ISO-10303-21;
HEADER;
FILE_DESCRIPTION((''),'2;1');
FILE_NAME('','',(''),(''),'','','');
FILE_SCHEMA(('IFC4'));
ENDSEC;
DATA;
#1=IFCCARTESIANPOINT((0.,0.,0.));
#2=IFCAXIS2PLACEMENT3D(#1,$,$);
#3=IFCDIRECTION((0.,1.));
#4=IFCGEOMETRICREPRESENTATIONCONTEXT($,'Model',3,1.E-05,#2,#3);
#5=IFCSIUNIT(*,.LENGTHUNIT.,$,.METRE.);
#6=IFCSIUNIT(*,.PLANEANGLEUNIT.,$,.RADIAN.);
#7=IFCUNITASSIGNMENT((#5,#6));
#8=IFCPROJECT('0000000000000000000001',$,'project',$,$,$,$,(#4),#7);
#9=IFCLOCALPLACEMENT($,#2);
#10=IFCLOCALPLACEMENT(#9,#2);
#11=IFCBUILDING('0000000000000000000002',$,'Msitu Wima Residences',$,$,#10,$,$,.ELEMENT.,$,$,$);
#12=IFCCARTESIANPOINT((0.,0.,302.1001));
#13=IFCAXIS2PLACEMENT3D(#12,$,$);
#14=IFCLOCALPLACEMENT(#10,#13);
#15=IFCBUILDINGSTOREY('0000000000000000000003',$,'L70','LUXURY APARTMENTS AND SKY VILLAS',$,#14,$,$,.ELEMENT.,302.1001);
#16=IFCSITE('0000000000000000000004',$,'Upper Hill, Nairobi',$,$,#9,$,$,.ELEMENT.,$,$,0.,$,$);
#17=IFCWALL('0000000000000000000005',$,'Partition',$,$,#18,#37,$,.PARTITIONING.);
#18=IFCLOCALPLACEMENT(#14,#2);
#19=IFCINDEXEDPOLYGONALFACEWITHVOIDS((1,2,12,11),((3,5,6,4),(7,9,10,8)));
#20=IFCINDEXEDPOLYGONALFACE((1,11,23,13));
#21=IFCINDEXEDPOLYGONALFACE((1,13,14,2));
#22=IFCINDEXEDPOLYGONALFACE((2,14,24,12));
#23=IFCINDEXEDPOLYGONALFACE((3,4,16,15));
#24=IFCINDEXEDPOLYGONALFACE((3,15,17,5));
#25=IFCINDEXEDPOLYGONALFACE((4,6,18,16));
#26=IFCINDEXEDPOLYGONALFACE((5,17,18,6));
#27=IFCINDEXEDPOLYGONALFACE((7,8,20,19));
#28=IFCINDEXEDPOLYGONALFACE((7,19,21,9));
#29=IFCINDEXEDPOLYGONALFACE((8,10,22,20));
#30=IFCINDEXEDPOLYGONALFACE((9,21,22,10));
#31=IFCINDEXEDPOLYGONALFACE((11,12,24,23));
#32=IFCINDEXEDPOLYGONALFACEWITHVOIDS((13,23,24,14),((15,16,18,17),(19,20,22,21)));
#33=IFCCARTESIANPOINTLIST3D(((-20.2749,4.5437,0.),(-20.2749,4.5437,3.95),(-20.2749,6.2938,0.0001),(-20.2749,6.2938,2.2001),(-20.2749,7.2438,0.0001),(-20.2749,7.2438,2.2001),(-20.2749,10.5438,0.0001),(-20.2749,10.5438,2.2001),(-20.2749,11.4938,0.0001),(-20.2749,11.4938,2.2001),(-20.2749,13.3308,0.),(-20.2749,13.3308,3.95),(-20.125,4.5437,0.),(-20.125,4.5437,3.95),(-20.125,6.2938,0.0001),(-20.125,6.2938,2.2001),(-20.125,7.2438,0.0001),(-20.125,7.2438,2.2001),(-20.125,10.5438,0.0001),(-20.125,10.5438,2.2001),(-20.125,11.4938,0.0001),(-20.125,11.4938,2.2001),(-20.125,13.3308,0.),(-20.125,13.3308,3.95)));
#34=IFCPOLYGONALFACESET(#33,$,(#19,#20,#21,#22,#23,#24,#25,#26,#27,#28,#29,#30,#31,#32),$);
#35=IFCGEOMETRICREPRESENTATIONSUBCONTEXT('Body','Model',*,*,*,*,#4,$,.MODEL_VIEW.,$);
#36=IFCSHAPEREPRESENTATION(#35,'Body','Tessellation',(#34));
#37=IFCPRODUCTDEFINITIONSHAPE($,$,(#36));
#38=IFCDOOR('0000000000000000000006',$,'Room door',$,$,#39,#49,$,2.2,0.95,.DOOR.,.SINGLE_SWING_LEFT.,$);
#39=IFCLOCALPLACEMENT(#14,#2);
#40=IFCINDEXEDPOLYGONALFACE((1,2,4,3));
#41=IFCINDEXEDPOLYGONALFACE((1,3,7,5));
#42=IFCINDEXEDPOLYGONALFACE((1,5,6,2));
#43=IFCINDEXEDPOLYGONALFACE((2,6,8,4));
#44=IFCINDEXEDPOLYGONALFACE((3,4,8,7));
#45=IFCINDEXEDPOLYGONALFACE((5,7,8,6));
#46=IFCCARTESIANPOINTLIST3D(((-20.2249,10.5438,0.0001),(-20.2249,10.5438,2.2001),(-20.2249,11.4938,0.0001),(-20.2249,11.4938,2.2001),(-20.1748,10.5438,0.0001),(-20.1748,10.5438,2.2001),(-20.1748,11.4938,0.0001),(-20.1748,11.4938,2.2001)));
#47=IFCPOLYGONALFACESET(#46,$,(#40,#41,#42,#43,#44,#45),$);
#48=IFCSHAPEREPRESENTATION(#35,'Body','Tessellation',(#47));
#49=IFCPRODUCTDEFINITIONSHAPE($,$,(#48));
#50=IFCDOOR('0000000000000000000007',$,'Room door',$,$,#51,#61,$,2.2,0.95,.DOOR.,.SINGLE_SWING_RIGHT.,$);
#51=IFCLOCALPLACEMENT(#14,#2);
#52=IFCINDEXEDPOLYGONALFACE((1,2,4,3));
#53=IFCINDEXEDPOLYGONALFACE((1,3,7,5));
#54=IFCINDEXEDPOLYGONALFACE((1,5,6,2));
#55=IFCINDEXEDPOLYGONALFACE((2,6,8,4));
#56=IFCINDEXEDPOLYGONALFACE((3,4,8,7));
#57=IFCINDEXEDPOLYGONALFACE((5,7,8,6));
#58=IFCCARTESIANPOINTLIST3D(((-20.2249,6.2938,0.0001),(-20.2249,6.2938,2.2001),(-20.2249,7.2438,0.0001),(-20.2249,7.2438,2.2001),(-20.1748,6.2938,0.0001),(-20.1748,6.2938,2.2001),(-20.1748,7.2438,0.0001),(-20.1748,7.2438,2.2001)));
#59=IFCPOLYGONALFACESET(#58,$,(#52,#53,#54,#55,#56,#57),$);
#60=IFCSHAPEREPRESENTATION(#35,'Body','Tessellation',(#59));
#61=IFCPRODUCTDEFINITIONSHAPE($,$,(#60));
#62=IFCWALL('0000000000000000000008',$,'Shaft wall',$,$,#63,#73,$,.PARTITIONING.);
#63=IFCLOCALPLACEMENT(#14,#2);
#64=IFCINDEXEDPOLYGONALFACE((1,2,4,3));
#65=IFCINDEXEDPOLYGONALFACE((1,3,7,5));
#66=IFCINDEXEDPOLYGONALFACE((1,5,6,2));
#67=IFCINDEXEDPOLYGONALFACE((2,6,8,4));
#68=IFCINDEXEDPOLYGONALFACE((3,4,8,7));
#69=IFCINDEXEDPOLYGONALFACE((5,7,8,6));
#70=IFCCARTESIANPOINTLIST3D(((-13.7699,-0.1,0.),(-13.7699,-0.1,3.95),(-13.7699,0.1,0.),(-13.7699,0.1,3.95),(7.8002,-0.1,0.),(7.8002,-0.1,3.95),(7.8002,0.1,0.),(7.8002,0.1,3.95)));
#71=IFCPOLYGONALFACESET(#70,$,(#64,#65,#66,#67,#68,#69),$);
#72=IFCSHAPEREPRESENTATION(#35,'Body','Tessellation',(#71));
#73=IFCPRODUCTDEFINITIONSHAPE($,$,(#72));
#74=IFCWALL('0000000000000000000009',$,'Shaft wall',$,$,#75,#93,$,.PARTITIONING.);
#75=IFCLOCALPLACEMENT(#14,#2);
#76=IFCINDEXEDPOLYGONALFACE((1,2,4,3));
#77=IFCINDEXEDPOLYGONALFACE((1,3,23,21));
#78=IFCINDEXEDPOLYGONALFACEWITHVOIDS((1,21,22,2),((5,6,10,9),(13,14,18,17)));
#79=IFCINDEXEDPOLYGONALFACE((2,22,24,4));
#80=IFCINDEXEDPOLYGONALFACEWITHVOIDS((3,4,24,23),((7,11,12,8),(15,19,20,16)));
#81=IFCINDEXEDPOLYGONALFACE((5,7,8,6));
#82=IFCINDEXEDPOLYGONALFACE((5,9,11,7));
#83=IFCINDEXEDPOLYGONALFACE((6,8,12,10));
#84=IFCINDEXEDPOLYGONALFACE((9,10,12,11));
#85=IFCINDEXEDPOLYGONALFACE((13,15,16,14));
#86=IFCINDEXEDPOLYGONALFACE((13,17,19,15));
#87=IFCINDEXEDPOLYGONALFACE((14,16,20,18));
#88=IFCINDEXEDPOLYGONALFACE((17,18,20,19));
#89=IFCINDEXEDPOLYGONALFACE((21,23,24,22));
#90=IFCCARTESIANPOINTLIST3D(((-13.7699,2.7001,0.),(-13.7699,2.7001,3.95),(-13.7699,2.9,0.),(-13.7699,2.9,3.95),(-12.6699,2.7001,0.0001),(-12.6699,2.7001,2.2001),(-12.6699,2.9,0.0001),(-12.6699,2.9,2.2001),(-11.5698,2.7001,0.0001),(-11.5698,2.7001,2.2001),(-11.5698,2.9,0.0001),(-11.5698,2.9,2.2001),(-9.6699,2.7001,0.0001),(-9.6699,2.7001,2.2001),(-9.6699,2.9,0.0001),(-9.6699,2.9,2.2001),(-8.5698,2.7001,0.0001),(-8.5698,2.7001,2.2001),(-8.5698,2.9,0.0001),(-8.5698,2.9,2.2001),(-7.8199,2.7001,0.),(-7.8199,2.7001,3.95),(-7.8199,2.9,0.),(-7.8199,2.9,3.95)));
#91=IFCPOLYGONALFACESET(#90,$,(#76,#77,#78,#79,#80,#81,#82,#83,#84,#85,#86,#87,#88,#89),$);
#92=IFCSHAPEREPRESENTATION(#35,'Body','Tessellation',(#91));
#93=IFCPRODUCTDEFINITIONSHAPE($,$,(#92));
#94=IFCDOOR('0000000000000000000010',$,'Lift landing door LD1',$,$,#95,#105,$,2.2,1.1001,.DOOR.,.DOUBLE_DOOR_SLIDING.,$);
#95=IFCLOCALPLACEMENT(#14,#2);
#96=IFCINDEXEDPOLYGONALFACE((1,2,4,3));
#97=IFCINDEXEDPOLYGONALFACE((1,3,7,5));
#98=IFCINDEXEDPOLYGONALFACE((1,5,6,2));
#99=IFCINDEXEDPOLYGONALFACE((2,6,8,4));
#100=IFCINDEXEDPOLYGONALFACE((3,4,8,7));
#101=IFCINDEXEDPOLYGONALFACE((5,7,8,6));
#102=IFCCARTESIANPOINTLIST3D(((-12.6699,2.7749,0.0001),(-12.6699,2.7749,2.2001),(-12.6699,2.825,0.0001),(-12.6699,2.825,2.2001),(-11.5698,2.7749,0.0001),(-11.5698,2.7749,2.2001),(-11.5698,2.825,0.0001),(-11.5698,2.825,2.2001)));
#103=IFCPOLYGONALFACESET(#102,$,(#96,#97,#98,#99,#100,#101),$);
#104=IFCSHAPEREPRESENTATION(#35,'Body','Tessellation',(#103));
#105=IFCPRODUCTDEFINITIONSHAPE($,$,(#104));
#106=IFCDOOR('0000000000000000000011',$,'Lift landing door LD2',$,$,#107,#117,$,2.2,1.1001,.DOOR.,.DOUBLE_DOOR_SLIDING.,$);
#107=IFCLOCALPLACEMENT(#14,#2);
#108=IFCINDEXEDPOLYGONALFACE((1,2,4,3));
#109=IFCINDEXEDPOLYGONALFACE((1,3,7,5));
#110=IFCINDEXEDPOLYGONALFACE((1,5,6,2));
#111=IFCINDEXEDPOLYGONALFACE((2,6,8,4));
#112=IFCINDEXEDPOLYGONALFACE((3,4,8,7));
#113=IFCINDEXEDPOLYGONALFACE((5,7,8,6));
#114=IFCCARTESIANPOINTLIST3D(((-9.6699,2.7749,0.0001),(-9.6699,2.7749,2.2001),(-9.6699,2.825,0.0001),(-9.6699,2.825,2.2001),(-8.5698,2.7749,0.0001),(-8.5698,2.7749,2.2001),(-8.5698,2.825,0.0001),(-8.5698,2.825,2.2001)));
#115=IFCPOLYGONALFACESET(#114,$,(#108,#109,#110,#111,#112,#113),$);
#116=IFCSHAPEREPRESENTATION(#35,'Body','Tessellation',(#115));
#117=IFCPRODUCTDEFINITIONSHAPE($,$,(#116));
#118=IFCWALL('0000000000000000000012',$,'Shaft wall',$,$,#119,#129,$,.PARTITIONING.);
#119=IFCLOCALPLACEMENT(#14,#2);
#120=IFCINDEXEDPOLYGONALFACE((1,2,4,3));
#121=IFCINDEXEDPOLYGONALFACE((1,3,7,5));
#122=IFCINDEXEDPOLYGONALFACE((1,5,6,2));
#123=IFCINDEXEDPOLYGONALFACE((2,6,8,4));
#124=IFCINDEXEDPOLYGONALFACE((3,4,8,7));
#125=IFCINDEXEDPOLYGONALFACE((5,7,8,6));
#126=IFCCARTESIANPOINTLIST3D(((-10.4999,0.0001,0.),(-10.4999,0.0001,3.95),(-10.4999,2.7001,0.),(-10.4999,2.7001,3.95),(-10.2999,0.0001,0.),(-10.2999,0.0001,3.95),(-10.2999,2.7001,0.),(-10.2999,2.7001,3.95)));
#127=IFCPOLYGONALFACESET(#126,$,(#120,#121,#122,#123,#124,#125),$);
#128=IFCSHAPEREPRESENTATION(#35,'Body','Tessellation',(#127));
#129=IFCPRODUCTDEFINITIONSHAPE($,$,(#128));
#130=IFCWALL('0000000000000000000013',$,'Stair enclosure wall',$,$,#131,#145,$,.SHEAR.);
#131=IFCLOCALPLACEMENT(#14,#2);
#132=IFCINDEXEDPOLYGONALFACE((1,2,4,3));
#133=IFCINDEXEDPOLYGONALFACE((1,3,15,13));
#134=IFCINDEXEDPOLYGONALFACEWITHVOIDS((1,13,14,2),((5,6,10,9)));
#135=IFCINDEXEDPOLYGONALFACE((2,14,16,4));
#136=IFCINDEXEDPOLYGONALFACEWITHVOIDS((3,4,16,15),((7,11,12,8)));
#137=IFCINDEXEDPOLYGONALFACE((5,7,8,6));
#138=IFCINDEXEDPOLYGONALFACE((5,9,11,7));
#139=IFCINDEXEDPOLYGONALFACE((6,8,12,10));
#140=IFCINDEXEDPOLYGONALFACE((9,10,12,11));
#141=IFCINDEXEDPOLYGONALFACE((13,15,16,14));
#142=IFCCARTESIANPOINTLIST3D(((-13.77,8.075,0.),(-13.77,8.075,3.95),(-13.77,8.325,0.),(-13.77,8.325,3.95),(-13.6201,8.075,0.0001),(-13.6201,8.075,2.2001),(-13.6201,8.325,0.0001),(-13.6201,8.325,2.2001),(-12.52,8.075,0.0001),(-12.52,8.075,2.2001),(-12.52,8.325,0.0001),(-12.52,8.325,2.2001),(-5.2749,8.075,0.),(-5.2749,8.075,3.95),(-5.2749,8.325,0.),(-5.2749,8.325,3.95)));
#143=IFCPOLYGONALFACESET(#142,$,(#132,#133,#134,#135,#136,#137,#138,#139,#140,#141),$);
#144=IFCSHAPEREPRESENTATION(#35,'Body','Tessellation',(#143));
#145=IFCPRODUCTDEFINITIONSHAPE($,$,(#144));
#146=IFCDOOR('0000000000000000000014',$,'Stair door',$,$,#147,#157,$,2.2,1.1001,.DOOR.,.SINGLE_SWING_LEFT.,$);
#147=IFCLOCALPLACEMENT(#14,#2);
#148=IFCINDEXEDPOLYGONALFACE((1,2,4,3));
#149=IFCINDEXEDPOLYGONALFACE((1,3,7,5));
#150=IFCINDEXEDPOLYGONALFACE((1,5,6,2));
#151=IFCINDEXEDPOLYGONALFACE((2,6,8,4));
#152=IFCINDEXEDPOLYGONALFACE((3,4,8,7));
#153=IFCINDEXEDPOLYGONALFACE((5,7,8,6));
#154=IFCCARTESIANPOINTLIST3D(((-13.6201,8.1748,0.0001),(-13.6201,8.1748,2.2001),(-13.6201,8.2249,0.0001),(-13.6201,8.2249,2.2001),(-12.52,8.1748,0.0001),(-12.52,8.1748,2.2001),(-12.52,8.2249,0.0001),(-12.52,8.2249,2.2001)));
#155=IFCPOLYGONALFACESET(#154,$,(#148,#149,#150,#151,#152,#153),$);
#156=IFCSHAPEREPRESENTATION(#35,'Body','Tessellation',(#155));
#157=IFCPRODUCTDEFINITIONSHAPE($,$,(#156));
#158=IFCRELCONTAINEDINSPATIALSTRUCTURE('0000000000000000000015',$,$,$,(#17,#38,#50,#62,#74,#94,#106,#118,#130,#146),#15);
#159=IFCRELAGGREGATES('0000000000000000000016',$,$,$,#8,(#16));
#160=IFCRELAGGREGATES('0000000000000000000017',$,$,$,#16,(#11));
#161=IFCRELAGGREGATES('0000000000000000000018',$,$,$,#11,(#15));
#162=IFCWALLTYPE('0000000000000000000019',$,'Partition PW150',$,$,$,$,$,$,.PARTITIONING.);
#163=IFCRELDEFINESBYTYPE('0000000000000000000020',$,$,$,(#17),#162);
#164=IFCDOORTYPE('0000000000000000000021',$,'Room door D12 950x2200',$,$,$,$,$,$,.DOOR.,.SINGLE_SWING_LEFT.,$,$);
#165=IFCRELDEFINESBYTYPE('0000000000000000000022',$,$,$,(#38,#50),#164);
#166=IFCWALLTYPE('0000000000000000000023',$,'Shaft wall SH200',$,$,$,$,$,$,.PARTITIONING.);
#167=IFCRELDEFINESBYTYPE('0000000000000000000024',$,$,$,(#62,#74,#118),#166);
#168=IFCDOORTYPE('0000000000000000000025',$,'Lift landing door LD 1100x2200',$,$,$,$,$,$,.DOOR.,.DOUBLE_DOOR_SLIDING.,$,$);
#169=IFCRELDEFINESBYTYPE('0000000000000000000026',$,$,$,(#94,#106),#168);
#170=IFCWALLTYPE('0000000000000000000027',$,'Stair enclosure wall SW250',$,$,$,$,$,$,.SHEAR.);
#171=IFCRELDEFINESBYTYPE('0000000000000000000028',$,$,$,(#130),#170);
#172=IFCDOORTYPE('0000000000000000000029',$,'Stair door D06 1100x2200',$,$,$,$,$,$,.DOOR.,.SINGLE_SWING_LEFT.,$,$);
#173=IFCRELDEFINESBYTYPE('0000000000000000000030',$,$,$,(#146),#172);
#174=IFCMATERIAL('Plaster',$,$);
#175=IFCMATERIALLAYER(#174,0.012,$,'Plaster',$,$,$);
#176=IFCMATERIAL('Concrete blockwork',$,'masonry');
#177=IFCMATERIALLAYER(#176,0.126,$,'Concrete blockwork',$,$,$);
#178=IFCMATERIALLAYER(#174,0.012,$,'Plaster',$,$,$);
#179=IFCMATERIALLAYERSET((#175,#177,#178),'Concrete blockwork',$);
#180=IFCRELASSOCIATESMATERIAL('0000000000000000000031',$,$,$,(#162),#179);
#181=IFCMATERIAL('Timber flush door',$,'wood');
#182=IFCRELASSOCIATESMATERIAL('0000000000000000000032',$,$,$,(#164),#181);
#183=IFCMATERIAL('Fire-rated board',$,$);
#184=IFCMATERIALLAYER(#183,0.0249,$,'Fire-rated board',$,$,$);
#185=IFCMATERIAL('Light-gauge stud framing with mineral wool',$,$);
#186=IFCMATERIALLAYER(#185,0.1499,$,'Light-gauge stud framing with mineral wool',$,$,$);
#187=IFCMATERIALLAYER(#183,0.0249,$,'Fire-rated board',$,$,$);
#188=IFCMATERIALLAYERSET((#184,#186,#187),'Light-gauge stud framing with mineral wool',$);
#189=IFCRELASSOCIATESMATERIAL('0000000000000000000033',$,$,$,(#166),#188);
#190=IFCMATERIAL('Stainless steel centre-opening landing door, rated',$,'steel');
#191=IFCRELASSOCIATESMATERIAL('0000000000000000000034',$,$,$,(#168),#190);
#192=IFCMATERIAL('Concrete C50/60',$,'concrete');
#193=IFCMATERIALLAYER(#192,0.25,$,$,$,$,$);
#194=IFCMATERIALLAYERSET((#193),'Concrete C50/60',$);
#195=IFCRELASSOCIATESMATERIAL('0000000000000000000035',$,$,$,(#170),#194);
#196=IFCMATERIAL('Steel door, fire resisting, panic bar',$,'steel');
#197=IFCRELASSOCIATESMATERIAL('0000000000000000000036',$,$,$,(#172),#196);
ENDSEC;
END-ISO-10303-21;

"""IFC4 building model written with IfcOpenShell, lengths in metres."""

from ifc_helpers import new_model, si_unit, direction, frame, frame_2d, origin, place, context, subcontext, project, spatial, rectangle, extrude, material, layer, layer_set, type_object, element, fill, save


model = new_model("IFC4")

# Units and contexts
model_context = context("Model", 3, precision=1e-05, world=origin(), true_north=direction((0.0, 1.0)))
body_context = subcontext(model_context, "Body", "Model", "MODEL_VIEW")
ifc_project = project(units=[si_unit("LENGTHUNIT", "METRE"), si_unit("PLANEANGLEUNIT", "RADIAN")], contexts=[model_context])

# Site, building, storey
site_placement = place(None, origin())
site = spatial("IfcSite", under=ifc_project, at=site_placement, Name="Upper Hill, Nairobi", CompositionType="ELEMENT", RefElevation=0.0)
building_placement = place(site_placement, origin())
building = spatial("IfcBuilding", under=site, at=building_placement, Name="Msitu Wima Residences", CompositionType="ELEMENT")
storey_placement = place(building_placement, frame((0.0, 0.0, 302.1001)))
storey = spatial("IfcBuildingStorey", under=building, at=storey_placement, Name="L70", Description="LUXURY APARTMENTS AND SKY VILLAS", CompositionType="ELEMENT", Elevation=302.1001)

# Shared definitions
ifc_material_1 = material(Name="Concrete C50/60", Category="concrete")

# Shared definitions
ifc_material_2 = material(Name="Plaster")
ifc_layer_1 = layer(ifc_material_2, 0.012, Name="Plaster")
ifc_material_3 = material(Name="Concrete blockwork", Category="masonry")
ifc_layer_2 = layer(ifc_material_3, 0.126, Name="Concrete blockwork")
ifc_layer_3 = layer(ifc_material_2, 0.012, Name="Plaster")
ifc_layer_set_1 = layer_set([ifc_layer_1, ifc_layer_2, ifc_layer_3], Name="Concrete blockwork")
wall_type_1 = type_object("IfcWallType", Name="Partition PW150", PredefinedType="PARTITIONING", material=ifc_layer_set_1)

# Shared definitions
ifc_material_4 = material(Name="Timber flush door", Category="wood")
door_type_1 = type_object("IfcDoorType", Name="Room door D12 950x2200", OperationType="SINGLE_SWING_LEFT", PredefinedType="DOOR", material=ifc_material_4)

# Wall, openings, doors
wall_1_placement = place(storey_placement, frame((-20.2, 4.5437, 0.0), z_axis=(0.0, 0.0, 1.0), x_axis=(0.0, 1.0, 0.0)))
wall_1 = element("IfcWall", 1, at=wall_1_placement, inside=storey, type_object=wall_type_1, Name="Partition", PredefinedType="PARTITIONING", context=body_context, shape_type="SweptSolid", body=[
    extrude(rectangle(XDim=8.7871, YDim=0.1499, at=frame_2d((4.3936, 0.0))), origin(), (0.0, 0.0, 1.0), 3.95),
])
opening_1_placement = place(wall_1_placement, frame((6.0, 0.0, 0.0)))
opening_1 = element("IfcOpeningElement", 2, at=opening_1_placement, cuts=wall_1, PredefinedType="OPENING", context=body_context, shape_type="SweptSolid", body=[
    extrude(rectangle(XDim=0.95, YDim=2.2, at=frame_2d((0.4751, 1.1001))), frame((0.0, 0.085, 0.0), z_axis=(0.0, -1.0, 0.0), x_axis=(1.0, 0.0, 0.0)), (0.0, 0.0, 1.0), 0.1699),
])
opening_2_placement = place(wall_1_placement, frame((1.75, 0.0, 0.0)))
opening_2 = element("IfcOpeningElement", 3, at=opening_2_placement, cuts=wall_1, PredefinedType="OPENING", context=body_context, shape_type="SweptSolid", body=[
    extrude(rectangle(XDim=0.95, YDim=2.2, at=frame_2d((0.4751, 1.1001))), frame((0.0, 0.085, 0.0), z_axis=(0.0, -1.0, 0.0), x_axis=(1.0, 0.0, 0.0)), (0.0, 0.0, 1.0), 0.1699),
])
door_1_placement = place(opening_1_placement, origin())
door_1 = element("IfcDoor", 4, at=door_1_placement, inside=storey, type_object=door_type_1, Name="Room door", OperationType="SINGLE_SWING_LEFT", OverallHeight=2.2, OverallWidth=0.95, PredefinedType="DOOR", context=body_context, shape_type="SweptSolid", body=[
    extrude(rectangle(XDim=0.95, YDim=2.2, at=frame_2d((0.4751, 1.1001))), frame((0.0, 0.0249, 0.0), z_axis=(0.0, -1.0, 0.0), x_axis=(1.0, 0.0, 0.0)), (0.0, 0.0, 1.0), 0.05),
])
fill(opening_1, door_1)
door_2_placement = place(opening_2_placement, origin())
door_2 = element("IfcDoor", 5, at=door_2_placement, inside=storey, type_object=door_type_1, Name="Room door", OperationType="SINGLE_SWING_RIGHT", OverallHeight=2.2, OverallWidth=0.95, PredefinedType="DOOR", context=body_context, shape_type="SweptSolid", body=[
    extrude(rectangle(XDim=0.95, YDim=2.2, at=frame_2d((0.4751, 1.1001))), frame((0.0, 0.0249, 0.0), z_axis=(0.0, -1.0, 0.0), x_axis=(1.0, 0.0, 0.0)), (0.0, 0.0, 1.0), 0.05),
])
fill(opening_2, door_2)

# Wall
ifc_material_5 = material(Name="Fire-rated board")
ifc_layer_4 = layer(ifc_material_5, 0.0249, Name="Fire-rated board")
ifc_material_6 = material(Name="Light-gauge stud framing with mineral wool")
ifc_layer_5 = layer(ifc_material_6, 0.1499, Name="Light-gauge stud framing with mineral wool")
ifc_layer_6 = layer(ifc_material_5, 0.0249, Name="Fire-rated board")
ifc_layer_set_2 = layer_set([ifc_layer_4, ifc_layer_5, ifc_layer_6], Name="Light-gauge stud framing with mineral wool")
wall_type_2 = type_object("IfcWallType", Name="Shaft wall SH200", PredefinedType="PARTITIONING", material=ifc_layer_set_2)
wall_2_placement = place(storey_placement, frame((-13.77, 0.0, 0.0), z_axis=(0.0, 0.0, 1.0), x_axis=(1.0, 0.0, 0.0)))
element("IfcWall", 6, at=wall_2_placement, inside=storey, type_object=wall_type_2, Name="Shaft wall", PredefinedType="PARTITIONING", context=body_context, shape_type="SweptSolid", body=[
    extrude(rectangle(XDim=21.5701, YDim=0.2, at=frame_2d((10.7852, 0.0))), origin(), (0.0, 0.0, 1.0), 3.95),
])

# Wall, openings, doors
wall_3_placement = place(storey_placement, frame((-13.77, 2.8, 0.0), z_axis=(0.0, 0.0, 1.0), x_axis=(1.0, 0.0, 0.0)))
wall_3 = element("IfcWall", 7, at=wall_3_placement, inside=storey, type_object=wall_type_2, Name="Shaft wall", PredefinedType="PARTITIONING", context=body_context, shape_type="SweptSolid", body=[
    extrude(rectangle(XDim=5.95, YDim=0.2, at=frame_2d((2.9751, 0.0))), origin(), (0.0, 0.0, 1.0), 3.95),
])
opening_3_placement = place(wall_3_placement, frame((1.1001, 0.0, 0.0)))
opening_3 = element("IfcOpeningElement", 8, at=opening_3_placement, cuts=wall_3, PredefinedType="OPENING", context=body_context, shape_type="SweptSolid", body=[
    extrude(rectangle(XDim=1.1001, YDim=2.2, at=frame_2d((0.55, 1.1001))), frame((0.0, 0.1099, 0.0), z_axis=(0.0, -1.0, 0.0), x_axis=(1.0, 0.0, 0.0)), (0.0, 0.0, 1.0), 0.22),
])
opening_4_placement = place(wall_3_placement, frame((4.1001, 0.0, 0.0)))
opening_4 = element("IfcOpeningElement", 9, at=opening_4_placement, cuts=wall_3, PredefinedType="OPENING", context=body_context, shape_type="SweptSolid", body=[
    extrude(rectangle(XDim=1.1001, YDim=2.2, at=frame_2d((0.55, 1.1001))), frame((0.0, 0.1099, 0.0), z_axis=(0.0, -1.0, 0.0), x_axis=(1.0, 0.0, 0.0)), (0.0, 0.0, 1.0), 0.22),
])
ifc_material_7 = material(Name="Stainless steel centre-opening landing door, rated", Category="steel")
door_type_2 = type_object("IfcDoorType", Name="Lift landing door LD 1100x2200", OperationType="DOUBLE_DOOR_SLIDING", PredefinedType="DOOR", material=ifc_material_7)
door_3_placement = place(opening_3_placement, origin())
door_3 = element("IfcDoor", 10, at=door_3_placement, inside=storey, type_object=door_type_2, Name="Lift landing door LD1", OperationType="DOUBLE_DOOR_SLIDING", OverallHeight=2.2, OverallWidth=1.1001, PredefinedType="DOOR", context=body_context, shape_type="SweptSolid", body=[
    extrude(rectangle(XDim=1.1001, YDim=2.2, at=frame_2d((0.55, 1.1001))), frame((0.0, 0.0249, 0.0), z_axis=(0.0, -1.0, 0.0), x_axis=(1.0, 0.0, 0.0)), (0.0, 0.0, 1.0), 0.05),
])
fill(opening_3, door_3)
door_4_placement = place(opening_4_placement, origin())
door_4 = element("IfcDoor", 11, at=door_4_placement, inside=storey, type_object=door_type_2, Name="Lift landing door LD2", OperationType="DOUBLE_DOOR_SLIDING", OverallHeight=2.2, OverallWidth=1.1001, PredefinedType="DOOR", context=body_context, shape_type="SweptSolid", body=[
    extrude(rectangle(XDim=1.1001, YDim=2.2, at=frame_2d((0.55, 1.1001))), frame((0.0, 0.0249, 0.0), z_axis=(0.0, -1.0, 0.0), x_axis=(1.0, 0.0, 0.0)), (0.0, 0.0, 1.0), 0.05),
])
fill(opening_4, door_4)

# Wall
wall_4_placement = place(storey_placement, frame((-10.3999, 0.0, 0.0), z_axis=(0.0, 0.0, 1.0), x_axis=(0.0, 1.0, 0.0)))
element("IfcWall", 12, at=wall_4_placement, inside=storey, type_object=wall_type_2, Name="Shaft wall", PredefinedType="PARTITIONING", context=body_context, shape_type="SweptSolid", body=[
    extrude(rectangle(XDim=2.7, YDim=0.2, at=frame_2d((1.3501, 0.0))), origin(), (0.0, 0.0, 1.0), 3.95),
])

# Wall, opening, door
ifc_layer_7 = layer(ifc_material_1, 0.25)
ifc_layer_set_3 = layer_set([ifc_layer_7], Name="Concrete C50/60")
wall_type_3 = type_object("IfcWallType", Name="Stair enclosure wall SW250", PredefinedType="SHEAR", material=ifc_layer_set_3)
wall_5_placement = place(storey_placement, frame((-13.77, 8.2, 0.0), z_axis=(0.0, 0.0, 1.0), x_axis=(1.0, 0.0, 0.0)))
wall_5 = element("IfcWall", 13, at=wall_5_placement, inside=storey, type_object=wall_type_3, Name="Stair enclosure wall", PredefinedType="SHEAR", context=body_context, shape_type="SweptSolid", body=[
    extrude(rectangle(XDim=8.4951, YDim=0.25, at=frame_2d((4.2476, 0.0))), origin(), (0.0, 0.0, 1.0), 3.95),
])
opening_5_placement = place(wall_5_placement, frame((0.1499, 0.0, 0.0)))
opening_5 = element("IfcOpeningElement", 14, at=opening_5_placement, cuts=wall_5, PredefinedType="OPENING", context=body_context, shape_type="SweptSolid", body=[
    extrude(rectangle(XDim=1.1001, YDim=2.2, at=frame_2d((0.55, 1.1001))), frame((0.0, 0.135, 0.0), z_axis=(0.0, -1.0, 0.0), x_axis=(1.0, 0.0, 0.0)), (0.0, 0.0, 1.0), 0.27),
])
ifc_material_8 = material(Name="Steel door, fire resisting, panic bar", Category="steel")
door_type_3 = type_object("IfcDoorType", Name="Stair door D06 1100x2200", OperationType="SINGLE_SWING_LEFT", PredefinedType="DOOR", material=ifc_material_8)
door_5_placement = place(opening_5_placement, origin())
door_5 = element("IfcDoor", 15, at=door_5_placement, inside=storey, type_object=door_type_3, Name="Stair door", OperationType="SINGLE_SWING_LEFT", OverallHeight=2.2, OverallWidth=1.1001, PredefinedType="DOOR", context=body_context, shape_type="SweptSolid", body=[
    extrude(rectangle(XDim=1.1001, YDim=2.2, at=frame_2d((0.55, 1.1001))), frame((0.0, 0.0249, 0.0), z_axis=(0.0, -1.0, 0.0), x_axis=(1.0, 0.0, 0.0)), (0.0, 0.0, 1.0), 0.05),
])
fill(opening_5, door_5)

save(model, "model.ifc")
